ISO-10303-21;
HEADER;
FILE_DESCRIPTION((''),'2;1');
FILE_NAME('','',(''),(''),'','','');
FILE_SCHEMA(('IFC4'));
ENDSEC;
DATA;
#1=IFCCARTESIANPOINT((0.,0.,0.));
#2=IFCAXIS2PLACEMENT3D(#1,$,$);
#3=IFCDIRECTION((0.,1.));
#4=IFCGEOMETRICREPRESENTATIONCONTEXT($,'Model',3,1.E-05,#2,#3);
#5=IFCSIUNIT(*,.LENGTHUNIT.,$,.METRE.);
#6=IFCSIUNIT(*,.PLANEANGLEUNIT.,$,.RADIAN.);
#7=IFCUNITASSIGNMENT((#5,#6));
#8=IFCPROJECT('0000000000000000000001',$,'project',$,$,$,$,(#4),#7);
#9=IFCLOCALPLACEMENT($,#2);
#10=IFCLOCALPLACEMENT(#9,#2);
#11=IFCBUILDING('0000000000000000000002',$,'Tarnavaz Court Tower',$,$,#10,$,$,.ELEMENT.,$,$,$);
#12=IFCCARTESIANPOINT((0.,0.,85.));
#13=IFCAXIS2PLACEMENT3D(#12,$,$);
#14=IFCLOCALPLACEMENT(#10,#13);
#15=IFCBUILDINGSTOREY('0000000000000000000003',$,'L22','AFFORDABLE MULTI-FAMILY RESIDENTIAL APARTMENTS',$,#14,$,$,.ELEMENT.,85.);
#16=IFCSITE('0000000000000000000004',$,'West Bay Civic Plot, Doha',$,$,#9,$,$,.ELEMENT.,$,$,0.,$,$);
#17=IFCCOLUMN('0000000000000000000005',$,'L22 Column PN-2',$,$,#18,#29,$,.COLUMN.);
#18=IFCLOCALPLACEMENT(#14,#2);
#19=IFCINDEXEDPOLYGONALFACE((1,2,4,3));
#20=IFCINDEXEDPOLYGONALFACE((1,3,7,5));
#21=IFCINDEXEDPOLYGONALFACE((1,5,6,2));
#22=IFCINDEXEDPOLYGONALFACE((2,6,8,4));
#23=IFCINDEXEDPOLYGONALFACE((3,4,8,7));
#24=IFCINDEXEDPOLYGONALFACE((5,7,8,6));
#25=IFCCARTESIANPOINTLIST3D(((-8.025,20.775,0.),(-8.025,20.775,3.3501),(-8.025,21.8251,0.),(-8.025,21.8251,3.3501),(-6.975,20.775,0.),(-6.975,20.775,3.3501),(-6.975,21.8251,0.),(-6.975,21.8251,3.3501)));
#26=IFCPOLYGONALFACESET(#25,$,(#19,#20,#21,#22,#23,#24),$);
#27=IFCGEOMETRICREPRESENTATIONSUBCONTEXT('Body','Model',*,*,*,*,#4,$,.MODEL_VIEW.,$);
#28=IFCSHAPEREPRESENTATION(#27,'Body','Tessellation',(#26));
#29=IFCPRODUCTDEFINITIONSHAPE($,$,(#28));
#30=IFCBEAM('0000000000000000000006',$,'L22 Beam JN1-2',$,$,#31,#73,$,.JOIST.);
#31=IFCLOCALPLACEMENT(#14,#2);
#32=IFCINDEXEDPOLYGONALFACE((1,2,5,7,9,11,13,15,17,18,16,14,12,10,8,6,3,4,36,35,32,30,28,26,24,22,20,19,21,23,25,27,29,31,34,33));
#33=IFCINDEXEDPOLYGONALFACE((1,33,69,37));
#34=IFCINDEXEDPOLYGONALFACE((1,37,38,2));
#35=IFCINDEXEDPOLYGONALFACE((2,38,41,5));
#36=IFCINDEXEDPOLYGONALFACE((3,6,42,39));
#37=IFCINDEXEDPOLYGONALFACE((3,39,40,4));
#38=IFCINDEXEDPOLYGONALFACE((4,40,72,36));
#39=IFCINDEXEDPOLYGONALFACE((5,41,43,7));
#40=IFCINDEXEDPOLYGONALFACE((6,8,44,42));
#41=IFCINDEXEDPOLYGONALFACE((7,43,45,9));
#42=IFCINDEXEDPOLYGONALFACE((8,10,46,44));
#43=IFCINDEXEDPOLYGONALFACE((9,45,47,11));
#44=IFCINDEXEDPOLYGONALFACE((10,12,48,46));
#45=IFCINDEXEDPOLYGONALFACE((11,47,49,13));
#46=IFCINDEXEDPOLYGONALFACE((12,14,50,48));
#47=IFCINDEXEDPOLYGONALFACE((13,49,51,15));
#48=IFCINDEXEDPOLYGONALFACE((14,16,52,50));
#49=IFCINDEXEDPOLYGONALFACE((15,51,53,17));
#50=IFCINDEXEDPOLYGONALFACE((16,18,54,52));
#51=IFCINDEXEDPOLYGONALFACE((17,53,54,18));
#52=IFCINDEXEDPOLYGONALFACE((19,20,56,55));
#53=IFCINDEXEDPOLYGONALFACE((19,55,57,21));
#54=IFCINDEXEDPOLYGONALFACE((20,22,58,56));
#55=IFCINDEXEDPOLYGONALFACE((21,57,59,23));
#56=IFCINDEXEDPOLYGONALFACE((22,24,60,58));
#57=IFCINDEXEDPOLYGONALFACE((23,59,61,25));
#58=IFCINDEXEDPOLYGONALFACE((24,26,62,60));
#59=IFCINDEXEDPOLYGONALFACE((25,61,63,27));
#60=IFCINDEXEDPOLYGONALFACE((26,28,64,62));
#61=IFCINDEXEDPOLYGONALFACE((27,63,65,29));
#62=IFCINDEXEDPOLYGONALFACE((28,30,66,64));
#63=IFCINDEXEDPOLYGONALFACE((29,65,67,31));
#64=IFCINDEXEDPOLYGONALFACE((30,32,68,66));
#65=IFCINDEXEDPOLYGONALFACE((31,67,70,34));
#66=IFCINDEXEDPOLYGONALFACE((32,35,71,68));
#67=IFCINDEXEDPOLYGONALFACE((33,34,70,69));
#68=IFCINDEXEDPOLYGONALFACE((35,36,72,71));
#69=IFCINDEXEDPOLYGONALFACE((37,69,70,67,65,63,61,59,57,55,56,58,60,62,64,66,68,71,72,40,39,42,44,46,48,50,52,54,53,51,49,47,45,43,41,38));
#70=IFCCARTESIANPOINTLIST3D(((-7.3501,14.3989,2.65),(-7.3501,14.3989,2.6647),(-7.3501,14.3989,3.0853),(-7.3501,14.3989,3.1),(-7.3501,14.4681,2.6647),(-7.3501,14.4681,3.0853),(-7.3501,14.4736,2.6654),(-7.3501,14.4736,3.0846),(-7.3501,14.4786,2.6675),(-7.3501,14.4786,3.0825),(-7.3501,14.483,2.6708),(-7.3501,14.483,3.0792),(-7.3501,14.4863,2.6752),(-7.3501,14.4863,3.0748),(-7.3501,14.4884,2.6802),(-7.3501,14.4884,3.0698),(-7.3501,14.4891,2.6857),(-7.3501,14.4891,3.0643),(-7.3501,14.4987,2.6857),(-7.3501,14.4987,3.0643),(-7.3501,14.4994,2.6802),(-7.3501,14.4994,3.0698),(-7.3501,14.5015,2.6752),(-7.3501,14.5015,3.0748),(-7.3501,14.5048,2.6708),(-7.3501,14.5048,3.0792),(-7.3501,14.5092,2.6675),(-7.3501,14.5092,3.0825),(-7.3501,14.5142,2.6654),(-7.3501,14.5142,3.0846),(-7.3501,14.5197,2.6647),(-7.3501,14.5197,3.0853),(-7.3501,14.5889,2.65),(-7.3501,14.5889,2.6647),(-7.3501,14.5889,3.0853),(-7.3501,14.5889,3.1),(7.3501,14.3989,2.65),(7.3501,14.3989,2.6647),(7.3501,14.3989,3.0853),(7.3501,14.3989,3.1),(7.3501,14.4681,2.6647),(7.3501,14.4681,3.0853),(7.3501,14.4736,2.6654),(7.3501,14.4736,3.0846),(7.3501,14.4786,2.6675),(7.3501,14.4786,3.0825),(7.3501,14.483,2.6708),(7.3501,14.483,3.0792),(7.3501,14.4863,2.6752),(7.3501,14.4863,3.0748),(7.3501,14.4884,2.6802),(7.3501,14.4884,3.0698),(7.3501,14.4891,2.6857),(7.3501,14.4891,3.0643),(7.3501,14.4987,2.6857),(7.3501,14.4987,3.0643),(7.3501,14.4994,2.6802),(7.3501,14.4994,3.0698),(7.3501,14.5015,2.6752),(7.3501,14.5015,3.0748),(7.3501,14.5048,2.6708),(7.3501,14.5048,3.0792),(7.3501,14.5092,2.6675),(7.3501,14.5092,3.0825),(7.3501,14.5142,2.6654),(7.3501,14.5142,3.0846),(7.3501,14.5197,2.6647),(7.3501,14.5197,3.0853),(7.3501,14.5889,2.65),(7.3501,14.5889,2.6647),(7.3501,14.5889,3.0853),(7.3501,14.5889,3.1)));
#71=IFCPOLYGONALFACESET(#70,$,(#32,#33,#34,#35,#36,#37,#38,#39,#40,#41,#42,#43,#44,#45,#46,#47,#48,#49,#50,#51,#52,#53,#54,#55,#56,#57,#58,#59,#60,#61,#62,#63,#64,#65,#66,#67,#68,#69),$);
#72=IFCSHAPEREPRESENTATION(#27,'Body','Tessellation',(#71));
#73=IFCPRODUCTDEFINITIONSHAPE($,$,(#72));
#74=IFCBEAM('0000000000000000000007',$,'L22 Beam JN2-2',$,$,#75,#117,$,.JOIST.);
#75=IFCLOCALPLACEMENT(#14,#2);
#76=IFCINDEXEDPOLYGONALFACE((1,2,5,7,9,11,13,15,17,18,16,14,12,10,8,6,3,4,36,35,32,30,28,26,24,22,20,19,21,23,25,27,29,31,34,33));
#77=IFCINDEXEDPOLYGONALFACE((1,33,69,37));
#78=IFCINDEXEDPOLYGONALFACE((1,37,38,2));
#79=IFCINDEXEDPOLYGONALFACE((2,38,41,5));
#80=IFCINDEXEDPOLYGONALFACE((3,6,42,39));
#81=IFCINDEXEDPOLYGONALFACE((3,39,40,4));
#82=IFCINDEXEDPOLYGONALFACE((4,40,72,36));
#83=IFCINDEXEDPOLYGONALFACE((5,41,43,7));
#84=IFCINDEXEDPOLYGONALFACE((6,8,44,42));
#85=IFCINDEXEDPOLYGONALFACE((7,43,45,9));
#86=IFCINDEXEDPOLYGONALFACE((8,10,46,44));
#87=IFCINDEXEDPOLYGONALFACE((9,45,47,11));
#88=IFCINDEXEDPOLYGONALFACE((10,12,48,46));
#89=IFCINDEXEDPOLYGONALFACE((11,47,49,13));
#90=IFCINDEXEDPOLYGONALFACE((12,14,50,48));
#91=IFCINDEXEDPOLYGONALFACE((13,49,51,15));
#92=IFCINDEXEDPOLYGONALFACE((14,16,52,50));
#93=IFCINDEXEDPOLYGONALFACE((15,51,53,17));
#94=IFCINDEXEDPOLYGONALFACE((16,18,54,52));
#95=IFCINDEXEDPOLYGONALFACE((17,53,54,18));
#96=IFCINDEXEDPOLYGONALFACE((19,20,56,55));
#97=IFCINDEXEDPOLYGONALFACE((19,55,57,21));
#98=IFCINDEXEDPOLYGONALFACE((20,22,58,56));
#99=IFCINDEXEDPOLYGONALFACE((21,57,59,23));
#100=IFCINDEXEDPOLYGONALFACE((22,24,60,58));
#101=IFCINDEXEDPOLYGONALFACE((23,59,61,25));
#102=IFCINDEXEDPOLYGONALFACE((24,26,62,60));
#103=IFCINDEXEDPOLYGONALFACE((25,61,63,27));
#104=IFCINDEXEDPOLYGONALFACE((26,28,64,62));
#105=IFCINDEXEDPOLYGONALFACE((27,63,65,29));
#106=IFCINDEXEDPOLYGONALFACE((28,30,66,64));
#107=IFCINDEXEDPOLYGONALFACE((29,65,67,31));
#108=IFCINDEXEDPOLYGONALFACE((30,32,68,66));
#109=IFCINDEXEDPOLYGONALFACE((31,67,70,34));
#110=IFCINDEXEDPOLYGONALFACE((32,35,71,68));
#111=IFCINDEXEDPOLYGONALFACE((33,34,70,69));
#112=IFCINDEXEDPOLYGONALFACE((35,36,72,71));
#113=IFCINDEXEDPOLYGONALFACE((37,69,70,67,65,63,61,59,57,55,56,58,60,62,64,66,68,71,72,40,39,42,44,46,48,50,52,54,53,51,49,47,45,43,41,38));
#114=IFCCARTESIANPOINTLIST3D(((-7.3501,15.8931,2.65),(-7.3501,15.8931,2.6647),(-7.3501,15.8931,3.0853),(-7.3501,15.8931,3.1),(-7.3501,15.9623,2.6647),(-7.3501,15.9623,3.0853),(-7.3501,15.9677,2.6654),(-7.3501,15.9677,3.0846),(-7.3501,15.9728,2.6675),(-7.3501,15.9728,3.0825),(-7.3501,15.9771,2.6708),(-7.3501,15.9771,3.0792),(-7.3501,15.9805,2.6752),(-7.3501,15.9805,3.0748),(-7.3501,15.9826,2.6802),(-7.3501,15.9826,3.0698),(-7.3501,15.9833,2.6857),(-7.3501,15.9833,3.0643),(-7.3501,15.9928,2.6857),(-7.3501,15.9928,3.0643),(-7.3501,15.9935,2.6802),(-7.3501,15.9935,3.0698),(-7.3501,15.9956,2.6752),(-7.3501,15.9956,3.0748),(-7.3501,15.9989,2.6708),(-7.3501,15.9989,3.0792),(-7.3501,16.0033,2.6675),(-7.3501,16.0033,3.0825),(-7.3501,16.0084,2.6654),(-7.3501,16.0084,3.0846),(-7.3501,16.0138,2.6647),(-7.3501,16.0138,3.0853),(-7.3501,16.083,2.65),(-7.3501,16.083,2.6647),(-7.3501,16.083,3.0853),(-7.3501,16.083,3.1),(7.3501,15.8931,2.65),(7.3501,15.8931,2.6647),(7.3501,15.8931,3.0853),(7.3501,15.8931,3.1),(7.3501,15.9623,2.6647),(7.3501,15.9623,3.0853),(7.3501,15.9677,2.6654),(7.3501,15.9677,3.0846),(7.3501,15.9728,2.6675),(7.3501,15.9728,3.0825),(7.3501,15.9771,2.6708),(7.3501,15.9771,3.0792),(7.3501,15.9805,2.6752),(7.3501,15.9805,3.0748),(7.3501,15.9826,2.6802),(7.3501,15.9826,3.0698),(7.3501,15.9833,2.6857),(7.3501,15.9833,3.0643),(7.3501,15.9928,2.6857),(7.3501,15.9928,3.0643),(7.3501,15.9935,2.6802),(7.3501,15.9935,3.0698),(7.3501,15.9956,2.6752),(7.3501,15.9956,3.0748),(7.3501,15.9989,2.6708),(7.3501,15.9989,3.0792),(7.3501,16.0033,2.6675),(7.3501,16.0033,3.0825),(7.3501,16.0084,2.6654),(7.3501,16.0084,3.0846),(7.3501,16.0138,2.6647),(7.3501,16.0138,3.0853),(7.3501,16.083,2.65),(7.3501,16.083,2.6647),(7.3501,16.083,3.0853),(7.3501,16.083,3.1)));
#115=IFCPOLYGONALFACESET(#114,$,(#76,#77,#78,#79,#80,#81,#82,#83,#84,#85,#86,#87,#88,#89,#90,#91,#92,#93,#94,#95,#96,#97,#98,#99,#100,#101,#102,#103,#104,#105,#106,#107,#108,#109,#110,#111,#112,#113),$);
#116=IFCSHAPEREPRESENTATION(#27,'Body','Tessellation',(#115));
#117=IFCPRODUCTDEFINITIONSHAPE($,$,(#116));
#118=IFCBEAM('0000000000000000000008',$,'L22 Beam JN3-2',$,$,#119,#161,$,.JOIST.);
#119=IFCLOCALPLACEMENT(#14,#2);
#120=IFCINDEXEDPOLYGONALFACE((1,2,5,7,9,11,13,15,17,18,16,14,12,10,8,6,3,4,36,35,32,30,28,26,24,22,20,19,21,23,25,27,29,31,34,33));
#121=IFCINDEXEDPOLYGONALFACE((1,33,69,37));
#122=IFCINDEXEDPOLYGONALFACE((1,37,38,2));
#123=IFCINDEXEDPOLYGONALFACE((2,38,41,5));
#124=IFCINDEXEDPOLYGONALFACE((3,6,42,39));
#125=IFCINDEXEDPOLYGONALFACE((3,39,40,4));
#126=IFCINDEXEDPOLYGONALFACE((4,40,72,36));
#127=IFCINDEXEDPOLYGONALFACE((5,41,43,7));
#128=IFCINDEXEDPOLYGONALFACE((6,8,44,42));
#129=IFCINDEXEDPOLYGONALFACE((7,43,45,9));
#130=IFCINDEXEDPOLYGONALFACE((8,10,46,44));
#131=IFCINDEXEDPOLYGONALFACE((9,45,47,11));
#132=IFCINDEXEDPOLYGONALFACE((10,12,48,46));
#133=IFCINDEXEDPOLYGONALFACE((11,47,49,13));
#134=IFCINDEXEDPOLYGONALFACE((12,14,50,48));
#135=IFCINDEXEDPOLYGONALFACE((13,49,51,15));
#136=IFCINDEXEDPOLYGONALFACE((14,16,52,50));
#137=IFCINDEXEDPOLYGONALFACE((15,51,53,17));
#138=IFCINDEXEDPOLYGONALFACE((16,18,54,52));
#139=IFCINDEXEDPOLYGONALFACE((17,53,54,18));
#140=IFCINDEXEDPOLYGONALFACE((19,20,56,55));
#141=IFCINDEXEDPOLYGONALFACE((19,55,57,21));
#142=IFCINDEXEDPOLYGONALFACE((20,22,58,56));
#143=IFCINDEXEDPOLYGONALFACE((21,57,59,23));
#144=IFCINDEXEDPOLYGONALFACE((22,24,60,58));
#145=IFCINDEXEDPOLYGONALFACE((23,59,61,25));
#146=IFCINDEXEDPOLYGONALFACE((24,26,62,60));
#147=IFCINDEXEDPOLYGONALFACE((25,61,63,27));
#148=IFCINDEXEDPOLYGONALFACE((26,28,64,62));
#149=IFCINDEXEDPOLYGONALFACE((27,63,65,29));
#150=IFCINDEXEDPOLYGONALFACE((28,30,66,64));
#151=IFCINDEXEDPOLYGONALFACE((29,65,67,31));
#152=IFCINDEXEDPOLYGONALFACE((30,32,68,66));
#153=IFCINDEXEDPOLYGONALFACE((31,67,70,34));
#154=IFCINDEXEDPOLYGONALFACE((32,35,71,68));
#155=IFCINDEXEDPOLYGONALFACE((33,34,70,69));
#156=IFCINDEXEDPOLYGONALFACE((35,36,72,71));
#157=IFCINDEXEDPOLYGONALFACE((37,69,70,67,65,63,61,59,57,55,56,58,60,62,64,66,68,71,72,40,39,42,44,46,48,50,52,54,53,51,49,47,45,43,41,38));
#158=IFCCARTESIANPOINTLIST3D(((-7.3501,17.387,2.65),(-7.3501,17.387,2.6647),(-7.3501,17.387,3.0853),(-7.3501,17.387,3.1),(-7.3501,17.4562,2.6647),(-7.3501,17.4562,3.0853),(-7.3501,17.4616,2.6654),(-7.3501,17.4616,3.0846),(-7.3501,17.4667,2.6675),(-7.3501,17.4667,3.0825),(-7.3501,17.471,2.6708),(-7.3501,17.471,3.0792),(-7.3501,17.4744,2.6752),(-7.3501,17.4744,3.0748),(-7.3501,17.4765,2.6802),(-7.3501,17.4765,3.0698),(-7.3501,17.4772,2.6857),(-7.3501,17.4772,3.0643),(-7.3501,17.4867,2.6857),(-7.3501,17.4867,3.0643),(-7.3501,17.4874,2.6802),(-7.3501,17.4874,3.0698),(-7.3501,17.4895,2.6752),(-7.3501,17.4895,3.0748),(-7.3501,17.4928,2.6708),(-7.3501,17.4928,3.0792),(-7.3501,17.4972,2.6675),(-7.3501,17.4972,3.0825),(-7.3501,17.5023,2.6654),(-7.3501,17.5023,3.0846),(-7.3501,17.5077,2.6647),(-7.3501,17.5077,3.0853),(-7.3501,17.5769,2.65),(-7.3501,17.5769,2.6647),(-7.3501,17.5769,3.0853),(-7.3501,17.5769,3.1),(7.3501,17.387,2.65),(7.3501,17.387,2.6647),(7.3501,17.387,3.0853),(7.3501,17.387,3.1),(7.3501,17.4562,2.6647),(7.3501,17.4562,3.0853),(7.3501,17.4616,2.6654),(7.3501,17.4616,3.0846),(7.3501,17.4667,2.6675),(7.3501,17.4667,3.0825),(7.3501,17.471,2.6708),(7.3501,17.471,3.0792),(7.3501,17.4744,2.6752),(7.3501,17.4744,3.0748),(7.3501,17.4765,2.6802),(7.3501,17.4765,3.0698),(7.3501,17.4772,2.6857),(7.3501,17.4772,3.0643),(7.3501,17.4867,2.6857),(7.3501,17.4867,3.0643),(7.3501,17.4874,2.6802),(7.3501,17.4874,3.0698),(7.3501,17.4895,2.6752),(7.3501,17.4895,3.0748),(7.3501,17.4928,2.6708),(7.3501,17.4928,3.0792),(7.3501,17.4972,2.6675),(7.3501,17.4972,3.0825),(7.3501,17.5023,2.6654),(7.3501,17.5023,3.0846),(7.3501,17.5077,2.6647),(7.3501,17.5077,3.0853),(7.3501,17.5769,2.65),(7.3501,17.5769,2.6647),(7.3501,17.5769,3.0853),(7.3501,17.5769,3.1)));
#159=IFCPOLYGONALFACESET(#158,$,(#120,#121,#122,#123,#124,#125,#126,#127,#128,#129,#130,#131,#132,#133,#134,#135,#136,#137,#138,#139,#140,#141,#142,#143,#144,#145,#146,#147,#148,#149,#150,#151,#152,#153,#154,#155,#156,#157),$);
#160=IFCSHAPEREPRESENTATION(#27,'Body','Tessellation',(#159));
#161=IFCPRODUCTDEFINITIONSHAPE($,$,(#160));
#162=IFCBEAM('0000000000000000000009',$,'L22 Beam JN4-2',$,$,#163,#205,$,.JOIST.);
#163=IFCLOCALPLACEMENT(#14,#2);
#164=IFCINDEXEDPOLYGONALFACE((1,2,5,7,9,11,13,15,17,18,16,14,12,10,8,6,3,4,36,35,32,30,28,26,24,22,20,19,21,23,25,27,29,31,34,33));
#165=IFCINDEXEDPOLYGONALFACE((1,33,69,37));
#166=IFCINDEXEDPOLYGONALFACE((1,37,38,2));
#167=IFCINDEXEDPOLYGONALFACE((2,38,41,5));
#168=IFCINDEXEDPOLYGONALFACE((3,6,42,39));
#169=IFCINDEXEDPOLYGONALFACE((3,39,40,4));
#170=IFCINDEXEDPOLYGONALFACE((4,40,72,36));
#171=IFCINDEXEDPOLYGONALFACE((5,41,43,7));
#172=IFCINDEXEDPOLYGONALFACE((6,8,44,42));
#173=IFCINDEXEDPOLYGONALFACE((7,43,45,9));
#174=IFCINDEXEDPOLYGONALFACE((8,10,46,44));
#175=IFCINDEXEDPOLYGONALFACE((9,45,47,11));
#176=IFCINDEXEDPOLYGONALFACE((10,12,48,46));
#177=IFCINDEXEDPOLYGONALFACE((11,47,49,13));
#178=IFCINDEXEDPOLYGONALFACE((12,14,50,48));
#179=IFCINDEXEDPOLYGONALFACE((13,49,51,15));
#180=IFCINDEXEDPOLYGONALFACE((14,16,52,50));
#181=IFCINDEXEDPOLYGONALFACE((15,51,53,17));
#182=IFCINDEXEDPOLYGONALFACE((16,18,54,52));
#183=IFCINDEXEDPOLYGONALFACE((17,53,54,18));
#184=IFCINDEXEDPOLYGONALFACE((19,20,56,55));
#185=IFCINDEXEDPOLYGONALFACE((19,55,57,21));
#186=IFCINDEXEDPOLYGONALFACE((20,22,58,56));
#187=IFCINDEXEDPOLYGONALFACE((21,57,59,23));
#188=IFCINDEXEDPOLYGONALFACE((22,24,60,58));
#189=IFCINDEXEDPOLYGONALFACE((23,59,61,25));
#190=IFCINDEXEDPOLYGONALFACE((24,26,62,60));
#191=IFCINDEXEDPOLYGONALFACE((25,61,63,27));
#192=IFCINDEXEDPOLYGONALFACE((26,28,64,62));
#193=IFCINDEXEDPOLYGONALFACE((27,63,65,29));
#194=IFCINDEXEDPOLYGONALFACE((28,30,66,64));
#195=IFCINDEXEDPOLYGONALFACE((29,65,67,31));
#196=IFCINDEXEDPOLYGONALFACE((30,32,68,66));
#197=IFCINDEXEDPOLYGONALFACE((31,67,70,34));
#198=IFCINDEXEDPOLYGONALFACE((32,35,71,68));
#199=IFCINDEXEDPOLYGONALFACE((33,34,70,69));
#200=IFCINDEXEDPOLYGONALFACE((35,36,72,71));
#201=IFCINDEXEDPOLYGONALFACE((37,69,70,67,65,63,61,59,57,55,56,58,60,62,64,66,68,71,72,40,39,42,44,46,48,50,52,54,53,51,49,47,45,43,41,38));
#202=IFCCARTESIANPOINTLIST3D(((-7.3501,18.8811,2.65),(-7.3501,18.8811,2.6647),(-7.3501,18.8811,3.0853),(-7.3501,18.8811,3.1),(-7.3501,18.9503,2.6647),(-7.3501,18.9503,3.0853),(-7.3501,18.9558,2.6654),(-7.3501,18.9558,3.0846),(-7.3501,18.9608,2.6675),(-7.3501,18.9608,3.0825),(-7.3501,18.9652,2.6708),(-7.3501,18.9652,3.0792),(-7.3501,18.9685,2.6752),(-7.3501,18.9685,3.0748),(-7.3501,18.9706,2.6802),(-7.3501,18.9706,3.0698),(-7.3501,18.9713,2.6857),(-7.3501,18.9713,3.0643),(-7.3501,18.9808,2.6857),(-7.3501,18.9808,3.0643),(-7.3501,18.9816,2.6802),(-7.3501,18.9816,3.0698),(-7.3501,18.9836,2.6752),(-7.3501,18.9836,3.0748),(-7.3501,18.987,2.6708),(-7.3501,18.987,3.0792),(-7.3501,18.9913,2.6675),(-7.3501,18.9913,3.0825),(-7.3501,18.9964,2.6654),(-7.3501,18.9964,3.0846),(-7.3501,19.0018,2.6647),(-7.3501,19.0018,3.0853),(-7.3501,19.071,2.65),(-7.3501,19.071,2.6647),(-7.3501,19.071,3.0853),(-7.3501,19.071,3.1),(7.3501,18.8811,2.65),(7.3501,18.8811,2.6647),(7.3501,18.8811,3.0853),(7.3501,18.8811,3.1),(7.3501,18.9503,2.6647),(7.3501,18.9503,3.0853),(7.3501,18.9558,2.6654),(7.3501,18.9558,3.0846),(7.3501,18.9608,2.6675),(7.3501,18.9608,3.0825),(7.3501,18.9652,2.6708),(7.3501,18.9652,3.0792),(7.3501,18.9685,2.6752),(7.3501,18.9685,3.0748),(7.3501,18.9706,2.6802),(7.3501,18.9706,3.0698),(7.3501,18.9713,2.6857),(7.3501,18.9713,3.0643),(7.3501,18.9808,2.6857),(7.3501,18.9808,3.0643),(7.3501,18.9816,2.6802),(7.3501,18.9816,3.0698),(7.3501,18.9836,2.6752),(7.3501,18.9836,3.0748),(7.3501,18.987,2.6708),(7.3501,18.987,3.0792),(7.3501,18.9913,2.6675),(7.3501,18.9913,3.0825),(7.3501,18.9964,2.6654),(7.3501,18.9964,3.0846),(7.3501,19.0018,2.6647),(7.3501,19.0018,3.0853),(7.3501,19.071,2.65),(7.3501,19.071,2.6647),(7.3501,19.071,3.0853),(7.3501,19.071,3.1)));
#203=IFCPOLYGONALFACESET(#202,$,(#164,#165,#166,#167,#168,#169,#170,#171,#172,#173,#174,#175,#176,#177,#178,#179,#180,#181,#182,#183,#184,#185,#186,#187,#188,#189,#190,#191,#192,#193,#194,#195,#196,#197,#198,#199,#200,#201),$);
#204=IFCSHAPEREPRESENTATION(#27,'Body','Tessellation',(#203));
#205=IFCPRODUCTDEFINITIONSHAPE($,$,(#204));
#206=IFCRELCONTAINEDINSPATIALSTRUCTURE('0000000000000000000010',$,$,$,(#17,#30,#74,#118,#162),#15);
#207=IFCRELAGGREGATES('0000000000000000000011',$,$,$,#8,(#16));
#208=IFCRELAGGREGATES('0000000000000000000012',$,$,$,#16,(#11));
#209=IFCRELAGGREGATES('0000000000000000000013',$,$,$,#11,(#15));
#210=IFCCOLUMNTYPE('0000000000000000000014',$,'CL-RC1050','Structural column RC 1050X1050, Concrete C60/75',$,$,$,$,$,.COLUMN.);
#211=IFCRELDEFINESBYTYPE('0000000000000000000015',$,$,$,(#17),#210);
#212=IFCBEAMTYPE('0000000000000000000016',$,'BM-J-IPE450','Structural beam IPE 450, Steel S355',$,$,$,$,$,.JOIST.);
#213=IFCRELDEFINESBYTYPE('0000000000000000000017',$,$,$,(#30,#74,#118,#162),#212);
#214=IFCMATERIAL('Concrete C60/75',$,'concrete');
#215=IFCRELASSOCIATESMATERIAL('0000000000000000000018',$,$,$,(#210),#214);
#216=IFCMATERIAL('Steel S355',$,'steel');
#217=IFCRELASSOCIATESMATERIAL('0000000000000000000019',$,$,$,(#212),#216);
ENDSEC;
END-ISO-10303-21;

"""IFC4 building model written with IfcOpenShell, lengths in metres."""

from ifc_helpers import new_model, si_unit, direction, frame, origin, origin_2d, place, context, subcontext, project, spatial, rectangle, i_section, extrude, material, material_profile, profile_set, type_object, element, save


model = new_model("IFC4")

# Units and contexts
model_context = context("Model", 3, precision=1e-05, world=origin(), true_north=direction((0.0, 1.0)))
body_context = subcontext(model_context, "Body", "Model", "MODEL_VIEW")
ifc_project = project(units=[si_unit("LENGTHUNIT", "METRE"), si_unit("PLANEANGLEUNIT", "RADIAN")], contexts=[model_context])

# Site, building, storey
site_placement = place(None, origin())
site = spatial("IfcSite", under=ifc_project, at=site_placement, Name="West Bay Civic Plot, Doha", CompositionType="ELEMENT", RefElevation=0.0)
building_placement = place(site_placement, origin())
building = spatial("IfcBuilding", under=site, at=building_placement, Name="Tarnavaz Court Tower", CompositionType="ELEMENT")
storey_placement = place(building_placement, frame((0.0, 0.0, 85.0)))
storey = spatial("IfcBuildingStorey", under=building, at=storey_placement, Name="L22", Description="AFFORDABLE MULTI-FAMILY RESIDENTIAL APARTMENTS", CompositionType="ELEMENT", Elevation=85.0)

# Column
ifc_material_1 = material(Name="Concrete C60/75", Category="concrete")
ifc_material_profile_1 = material_profile(ifc_material_1, rectangle(XDim=1.05, YDim=1.05, at=origin_2d()), Name="RC 1050X1050")
ifc_profile_set_1 = profile_set([ifc_material_profile_1], Name="Concrete C60/75")
column_type = type_object("IfcColumnType", Name="CL-RC1050", Description="Structural column RC 1050X1050, Concrete C60/75", PredefinedType="COLUMN", material=ifc_profile_set_1)
column_placement = place(storey_placement, frame((-7.5, 21.3, 0.0), z_axis=(0.0, 0.0, 1.0), x_axis=(1.0, 0.0, 0.0)))
element("IfcColumn", 1, at=column_placement, inside=storey, type_object=column_type, Name="L22 Column PN-2", PredefinedType="COLUMN", context=body_context, shape_type="SweptSolid", body=[
    extrude(rectangle(XDim=1.05, YDim=1.05, at=origin_2d()), origin(), (0.0, 0.0, 1.0), 3.3501),
])

# Beams
ifc_material_2 = material(Name="Steel S355", Category="steel")
ifc_material_profile_2 = material_profile(ifc_material_2, i_section(OverallWidth=0.1899, OverallDepth=0.45, WebThickness=0.0095, FlangeThickness=0.0146, FilletRadius=0.021, at=origin_2d()), Name="IPE 450")
ifc_profile_set_2 = profile_set([ifc_material_profile_2], Name="Steel S355")
beam_type_1 = type_object("IfcBeamType", Name="BM-J-IPE450", Description="Structural beam IPE 450, Steel S355", PredefinedType="JOIST", material=ifc_profile_set_2)
for number, where, z_axis, x_axis, name in (
    (2, (-7.3501, 14.4939, 2.875), (1.0, 0.0, 0.0), (0.0, 1.0, 0.0), "L22 Beam JN1-2"),
    (3, (-7.3501, 15.988, 2.875), (1.0, 0.0, 0.0), (0.0, 1.0, 0.0), "L22 Beam JN2-2"),
    (4, (-7.3501, 17.4819, 2.875), (1.0, 0.0, 0.0), (0.0, 1.0, 0.0), "L22 Beam JN3-2"),
    (5, (-7.3501, 18.9761, 2.875), (1.0, 0.0, 0.0), (0.0, 1.0, 0.0), "L22 Beam JN4-2"),
):
    element("IfcBeam", number, at=place(storey_placement, frame(where, z_axis=z_axis, x_axis=x_axis)), inside=storey, type_object=beam_type_1, Name=name, PredefinedType="JOIST", context=body_context, shape_type="SweptSolid", body=[
        extrude(i_section(OverallWidth=0.1899, OverallDepth=0.45, WebThickness=0.0095, FlangeThickness=0.0146, FilletRadius=0.021, at=origin_2d()), origin(), (0.0, 0.0, 1.0), 14.7002),
    ])

save(model, "model.ifc")
